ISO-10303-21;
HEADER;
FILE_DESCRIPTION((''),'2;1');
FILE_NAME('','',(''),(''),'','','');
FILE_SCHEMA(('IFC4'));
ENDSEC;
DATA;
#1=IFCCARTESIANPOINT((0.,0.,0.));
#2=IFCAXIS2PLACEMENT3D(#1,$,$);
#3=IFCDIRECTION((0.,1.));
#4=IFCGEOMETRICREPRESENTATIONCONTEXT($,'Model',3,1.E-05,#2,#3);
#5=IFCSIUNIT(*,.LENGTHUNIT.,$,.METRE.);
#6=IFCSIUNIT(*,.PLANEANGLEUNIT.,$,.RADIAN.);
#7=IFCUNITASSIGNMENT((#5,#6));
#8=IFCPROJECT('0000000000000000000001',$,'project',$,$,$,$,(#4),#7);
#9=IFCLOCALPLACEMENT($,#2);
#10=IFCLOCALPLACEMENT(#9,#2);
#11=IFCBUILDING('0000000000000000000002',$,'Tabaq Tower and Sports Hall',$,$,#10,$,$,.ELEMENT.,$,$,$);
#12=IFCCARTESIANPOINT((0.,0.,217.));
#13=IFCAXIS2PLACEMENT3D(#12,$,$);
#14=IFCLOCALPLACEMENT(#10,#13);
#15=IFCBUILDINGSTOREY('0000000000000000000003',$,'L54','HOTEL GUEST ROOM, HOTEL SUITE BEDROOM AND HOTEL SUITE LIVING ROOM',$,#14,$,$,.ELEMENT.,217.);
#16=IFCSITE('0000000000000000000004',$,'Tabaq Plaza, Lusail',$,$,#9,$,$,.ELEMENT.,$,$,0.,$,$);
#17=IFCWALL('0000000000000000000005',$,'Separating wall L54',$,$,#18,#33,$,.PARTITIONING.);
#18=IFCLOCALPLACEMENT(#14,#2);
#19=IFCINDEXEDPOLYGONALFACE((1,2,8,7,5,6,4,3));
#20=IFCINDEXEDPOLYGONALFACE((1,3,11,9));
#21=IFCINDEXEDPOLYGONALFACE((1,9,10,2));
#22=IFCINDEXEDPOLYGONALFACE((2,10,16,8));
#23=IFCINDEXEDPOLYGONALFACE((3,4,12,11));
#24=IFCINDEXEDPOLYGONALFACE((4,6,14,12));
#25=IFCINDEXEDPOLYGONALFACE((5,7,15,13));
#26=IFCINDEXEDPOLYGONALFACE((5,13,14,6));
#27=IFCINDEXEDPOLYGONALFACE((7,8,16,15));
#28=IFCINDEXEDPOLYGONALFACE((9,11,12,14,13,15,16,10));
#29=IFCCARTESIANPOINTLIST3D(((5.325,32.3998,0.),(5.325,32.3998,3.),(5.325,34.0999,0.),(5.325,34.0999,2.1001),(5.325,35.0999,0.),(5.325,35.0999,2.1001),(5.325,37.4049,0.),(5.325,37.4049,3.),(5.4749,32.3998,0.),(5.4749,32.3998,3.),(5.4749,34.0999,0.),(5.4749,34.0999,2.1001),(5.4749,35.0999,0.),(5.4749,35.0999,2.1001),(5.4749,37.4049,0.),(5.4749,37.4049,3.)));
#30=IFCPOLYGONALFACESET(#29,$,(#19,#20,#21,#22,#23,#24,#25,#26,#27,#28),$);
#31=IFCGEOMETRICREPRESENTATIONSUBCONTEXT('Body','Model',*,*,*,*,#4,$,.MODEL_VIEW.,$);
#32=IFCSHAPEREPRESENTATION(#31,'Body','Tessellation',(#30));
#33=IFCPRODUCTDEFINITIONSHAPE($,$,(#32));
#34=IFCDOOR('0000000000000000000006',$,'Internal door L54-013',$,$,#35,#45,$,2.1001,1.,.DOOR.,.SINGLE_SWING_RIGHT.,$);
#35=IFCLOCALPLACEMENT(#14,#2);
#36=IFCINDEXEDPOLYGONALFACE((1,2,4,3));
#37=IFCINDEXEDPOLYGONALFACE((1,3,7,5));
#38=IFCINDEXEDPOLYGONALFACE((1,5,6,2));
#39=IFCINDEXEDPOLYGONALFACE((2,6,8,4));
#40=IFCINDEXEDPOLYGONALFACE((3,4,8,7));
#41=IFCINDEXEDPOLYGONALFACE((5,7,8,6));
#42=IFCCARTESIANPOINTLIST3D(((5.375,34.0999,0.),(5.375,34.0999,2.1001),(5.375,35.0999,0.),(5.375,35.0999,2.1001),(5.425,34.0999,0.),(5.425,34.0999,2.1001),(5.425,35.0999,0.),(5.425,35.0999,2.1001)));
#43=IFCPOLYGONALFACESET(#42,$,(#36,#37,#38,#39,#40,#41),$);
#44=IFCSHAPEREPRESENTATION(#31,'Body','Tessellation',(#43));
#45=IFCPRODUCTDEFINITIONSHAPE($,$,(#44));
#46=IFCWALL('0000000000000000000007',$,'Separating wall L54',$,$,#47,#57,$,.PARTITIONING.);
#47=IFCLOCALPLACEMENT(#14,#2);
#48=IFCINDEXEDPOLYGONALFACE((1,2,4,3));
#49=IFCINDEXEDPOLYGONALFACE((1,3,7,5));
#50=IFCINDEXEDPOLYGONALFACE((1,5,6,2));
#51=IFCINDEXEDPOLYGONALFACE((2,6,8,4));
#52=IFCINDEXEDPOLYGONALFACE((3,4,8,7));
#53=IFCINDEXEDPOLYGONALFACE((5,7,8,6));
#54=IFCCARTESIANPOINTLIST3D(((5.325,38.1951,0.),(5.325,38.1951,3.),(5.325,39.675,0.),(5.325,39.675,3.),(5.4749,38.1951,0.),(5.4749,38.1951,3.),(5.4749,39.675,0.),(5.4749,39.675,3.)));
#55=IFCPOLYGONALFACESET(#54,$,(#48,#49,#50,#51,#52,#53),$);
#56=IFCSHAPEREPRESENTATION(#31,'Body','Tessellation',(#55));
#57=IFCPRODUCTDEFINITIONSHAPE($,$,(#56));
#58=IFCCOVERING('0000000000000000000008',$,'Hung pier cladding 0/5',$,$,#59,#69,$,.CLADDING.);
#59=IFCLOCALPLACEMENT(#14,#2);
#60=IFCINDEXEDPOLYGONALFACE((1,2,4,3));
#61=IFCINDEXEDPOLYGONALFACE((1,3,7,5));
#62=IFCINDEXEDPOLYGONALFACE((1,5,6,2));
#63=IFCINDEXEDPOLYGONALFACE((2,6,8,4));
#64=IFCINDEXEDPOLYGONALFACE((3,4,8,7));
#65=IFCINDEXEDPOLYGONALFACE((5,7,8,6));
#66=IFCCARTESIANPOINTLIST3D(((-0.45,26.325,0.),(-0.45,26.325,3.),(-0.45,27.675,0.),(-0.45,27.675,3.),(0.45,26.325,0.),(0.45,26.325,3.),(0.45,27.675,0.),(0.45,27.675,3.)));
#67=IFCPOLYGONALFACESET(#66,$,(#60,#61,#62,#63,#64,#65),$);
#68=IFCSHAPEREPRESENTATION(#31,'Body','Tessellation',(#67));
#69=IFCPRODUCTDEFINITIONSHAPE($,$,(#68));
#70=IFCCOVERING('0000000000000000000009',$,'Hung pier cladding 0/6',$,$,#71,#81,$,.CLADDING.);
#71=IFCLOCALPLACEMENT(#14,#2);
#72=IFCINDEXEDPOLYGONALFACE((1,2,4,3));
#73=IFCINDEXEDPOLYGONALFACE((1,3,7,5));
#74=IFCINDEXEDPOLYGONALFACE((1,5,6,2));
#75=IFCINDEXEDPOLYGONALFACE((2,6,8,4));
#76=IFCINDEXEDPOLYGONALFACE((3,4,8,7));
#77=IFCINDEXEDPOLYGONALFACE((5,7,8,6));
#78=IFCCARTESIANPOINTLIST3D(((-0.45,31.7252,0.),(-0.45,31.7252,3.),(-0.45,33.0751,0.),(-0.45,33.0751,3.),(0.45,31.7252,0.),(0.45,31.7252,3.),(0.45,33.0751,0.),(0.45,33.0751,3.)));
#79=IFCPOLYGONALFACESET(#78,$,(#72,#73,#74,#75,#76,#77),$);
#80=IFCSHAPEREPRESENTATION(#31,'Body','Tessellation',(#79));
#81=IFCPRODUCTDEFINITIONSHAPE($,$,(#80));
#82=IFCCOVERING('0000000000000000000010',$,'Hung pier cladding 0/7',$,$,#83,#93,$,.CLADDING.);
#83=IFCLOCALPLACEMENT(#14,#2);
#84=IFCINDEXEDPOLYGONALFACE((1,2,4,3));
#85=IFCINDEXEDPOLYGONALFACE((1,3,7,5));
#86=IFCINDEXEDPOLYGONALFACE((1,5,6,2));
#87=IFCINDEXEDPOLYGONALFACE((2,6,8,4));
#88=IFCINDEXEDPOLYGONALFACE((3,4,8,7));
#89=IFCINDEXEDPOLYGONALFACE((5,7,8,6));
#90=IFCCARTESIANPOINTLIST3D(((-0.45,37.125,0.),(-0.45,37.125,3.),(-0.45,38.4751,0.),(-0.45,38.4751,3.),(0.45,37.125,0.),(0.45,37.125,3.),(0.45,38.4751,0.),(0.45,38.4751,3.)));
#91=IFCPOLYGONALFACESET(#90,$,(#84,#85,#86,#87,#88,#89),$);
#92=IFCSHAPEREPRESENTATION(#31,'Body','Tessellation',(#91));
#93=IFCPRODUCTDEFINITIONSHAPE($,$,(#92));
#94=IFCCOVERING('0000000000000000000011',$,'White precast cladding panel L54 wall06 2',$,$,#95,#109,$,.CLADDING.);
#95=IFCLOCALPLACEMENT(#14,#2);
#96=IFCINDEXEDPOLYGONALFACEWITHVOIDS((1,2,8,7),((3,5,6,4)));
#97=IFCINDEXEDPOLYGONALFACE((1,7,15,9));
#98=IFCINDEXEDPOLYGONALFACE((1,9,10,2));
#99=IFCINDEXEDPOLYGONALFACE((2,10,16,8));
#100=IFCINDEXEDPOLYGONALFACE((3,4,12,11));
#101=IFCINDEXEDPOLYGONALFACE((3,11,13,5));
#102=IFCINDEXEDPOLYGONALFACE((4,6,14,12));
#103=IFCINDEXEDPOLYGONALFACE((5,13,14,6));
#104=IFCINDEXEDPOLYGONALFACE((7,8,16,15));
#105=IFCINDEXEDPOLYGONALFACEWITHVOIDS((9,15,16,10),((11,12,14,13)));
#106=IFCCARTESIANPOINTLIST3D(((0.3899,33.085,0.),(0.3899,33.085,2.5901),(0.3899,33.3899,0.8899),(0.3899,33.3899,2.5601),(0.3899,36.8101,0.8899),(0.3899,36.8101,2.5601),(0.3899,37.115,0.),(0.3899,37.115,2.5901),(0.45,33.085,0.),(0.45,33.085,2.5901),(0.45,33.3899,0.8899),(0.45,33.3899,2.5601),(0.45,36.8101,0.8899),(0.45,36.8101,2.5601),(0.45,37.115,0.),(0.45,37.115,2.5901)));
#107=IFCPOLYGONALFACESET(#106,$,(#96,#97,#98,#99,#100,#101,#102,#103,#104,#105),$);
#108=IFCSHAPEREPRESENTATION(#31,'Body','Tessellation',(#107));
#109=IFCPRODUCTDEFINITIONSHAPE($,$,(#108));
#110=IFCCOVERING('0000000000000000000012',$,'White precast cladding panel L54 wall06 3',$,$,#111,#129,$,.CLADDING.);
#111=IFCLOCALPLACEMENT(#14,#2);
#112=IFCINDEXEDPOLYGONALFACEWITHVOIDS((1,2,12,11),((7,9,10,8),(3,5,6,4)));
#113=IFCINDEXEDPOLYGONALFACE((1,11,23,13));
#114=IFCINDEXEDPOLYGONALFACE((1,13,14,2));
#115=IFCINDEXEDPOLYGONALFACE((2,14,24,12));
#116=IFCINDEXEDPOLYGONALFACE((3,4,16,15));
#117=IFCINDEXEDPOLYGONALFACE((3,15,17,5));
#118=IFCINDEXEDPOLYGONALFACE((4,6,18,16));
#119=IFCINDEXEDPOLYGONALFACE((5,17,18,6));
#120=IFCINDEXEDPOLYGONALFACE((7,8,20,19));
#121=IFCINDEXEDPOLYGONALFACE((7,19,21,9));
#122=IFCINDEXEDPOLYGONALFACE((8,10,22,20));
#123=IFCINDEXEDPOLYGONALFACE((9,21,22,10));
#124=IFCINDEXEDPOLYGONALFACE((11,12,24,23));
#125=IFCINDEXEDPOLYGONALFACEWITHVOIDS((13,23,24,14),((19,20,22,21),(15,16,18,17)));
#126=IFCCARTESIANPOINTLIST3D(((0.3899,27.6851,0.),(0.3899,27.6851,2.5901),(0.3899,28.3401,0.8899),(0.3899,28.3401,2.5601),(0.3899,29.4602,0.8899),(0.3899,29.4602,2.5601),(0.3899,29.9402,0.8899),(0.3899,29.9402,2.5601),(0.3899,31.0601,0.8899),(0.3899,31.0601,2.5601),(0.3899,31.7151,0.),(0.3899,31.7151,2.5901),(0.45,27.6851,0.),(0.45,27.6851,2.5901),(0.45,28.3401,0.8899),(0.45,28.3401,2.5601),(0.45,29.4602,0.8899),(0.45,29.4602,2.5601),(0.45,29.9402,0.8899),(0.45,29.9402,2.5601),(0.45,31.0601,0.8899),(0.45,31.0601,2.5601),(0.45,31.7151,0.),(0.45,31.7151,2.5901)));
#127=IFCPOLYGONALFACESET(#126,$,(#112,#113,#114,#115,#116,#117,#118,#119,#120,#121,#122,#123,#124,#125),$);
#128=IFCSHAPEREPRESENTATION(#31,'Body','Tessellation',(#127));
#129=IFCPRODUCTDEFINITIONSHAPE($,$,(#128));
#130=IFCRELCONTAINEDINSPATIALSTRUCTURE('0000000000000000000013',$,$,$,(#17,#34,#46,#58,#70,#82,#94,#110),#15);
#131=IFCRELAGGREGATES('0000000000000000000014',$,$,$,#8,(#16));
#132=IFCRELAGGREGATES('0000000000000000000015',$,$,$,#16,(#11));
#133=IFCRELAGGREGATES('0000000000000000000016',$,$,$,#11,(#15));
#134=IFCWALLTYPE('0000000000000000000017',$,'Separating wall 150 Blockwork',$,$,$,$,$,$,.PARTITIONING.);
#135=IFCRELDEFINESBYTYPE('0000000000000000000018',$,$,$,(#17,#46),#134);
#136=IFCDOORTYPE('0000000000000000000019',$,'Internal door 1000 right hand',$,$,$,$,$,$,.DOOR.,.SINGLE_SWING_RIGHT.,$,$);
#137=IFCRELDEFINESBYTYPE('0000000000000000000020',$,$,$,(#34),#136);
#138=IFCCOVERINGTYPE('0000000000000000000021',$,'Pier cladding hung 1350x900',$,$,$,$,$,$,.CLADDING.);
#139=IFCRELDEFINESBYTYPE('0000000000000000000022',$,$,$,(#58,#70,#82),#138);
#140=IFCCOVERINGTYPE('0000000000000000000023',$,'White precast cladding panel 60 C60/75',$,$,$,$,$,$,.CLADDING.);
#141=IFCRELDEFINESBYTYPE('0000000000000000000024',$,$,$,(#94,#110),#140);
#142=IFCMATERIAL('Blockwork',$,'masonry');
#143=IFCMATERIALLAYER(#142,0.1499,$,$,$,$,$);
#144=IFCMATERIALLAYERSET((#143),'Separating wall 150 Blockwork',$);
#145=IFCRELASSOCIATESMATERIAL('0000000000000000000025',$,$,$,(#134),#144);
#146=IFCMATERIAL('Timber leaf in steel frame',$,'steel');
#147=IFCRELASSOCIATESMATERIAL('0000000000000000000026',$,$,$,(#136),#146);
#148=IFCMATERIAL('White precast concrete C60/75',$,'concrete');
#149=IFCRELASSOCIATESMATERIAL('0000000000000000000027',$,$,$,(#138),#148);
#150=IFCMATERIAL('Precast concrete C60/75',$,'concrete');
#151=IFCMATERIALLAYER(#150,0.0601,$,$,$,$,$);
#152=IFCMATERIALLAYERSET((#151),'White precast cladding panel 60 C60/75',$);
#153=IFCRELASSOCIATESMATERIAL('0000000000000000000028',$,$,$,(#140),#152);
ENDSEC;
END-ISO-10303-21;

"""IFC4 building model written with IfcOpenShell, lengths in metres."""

from ifc_helpers import new_model, si_unit, direction, frame, frame_2d, origin, place, context, subcontext, project, spatial, polyline, rectangle, outline, extrude, material, layer, layer_set, type_object, element, fill, save


model = new_model("IFC4")

# Units and contexts
model_context = context("Model", 3, precision=1e-05, world=origin(), true_north=direction((0.0, 1.0)))
body_context = subcontext(model_context, "Body", "Model", "MODEL_VIEW")
ifc_project = project(units=[si_unit("LENGTHUNIT", "METRE"), si_unit("PLANEANGLEUNIT", "RADIAN")], contexts=[model_context])

# Site, building, storey
site_placement = place(None, origin())
site = spatial("IfcSite", under=ifc_project, at=site_placement, Name="Tabaq Plaza, Lusail", CompositionType="ELEMENT", RefElevation=0.0)
building_placement = place(site_placement, origin())
building = spatial("IfcBuilding", under=site, at=building_placement, Name="Tabaq Tower and Sports Hall", CompositionType="ELEMENT")
storey_placement = place(building_placement, frame((0.0, 0.0, 217.0)))
storey = spatial("IfcBuildingStorey", under=building, at=storey_placement, Name="L54", Description="HOTEL GUEST ROOM, HOTEL SUITE BEDROOM AND HOTEL SUITE LIVING ROOM", CompositionType="ELEMENT", Elevation=217.0)

# Shared definitions
ifc_material_1 = material(Name="Blockwork", Category="masonry")
ifc_layer_1 = layer(ifc_material_1, 0.1499)
ifc_layer_set_1 = layer_set([ifc_layer_1], Name="Separating wall 150 Blockwork")
wall_type_1 = type_object("IfcWallType", Name="Separating wall 150 Blockwork", PredefinedType="PARTITIONING", material=ifc_layer_set_1)

# Wall, opening, door
wall_1_placement = place(storey_placement, frame((5.3999, 32.3999, 0.0), z_axis=(0.0, 0.0, 1.0), x_axis=(0.0, 1.0, 0.0)))
wall_1 = element("IfcWall", 1, at=wall_1_placement, inside=storey, type_object=wall_type_1, Name="Separating wall L54", PredefinedType="PARTITIONING", context=body_context, shape_type="SweptSolid", body=[
    extrude(rectangle(XDim=5.0051, YDim=0.1499, at=frame_2d((2.5024, 0.0))), origin(), (0.0, 0.0, 1.0), 3.0),
])
opening_1_placement = place(wall_1_placement, frame((1.7, 0.0, 0.0)))
opening_1 = element("IfcOpeningElement", 2, at=opening_1_placement, cuts=wall_1, PredefinedType="OPENING", context=body_context, shape_type="SweptSolid", body=[
    extrude(rectangle(XDim=1.0, YDim=2.1001, at=frame_2d((0.5, 1.05))), frame((0.0, 0.075, 0.0), z_axis=(0.0, -1.0, 0.0), x_axis=(1.0, 0.0, 0.0)), (0.0, 0.0, 1.0), 0.1499),
])
ifc_material_2 = material(Name="Timber leaf in steel frame", Category="steel")
door_type_1 = type_object("IfcDoorType", Name="Internal door 1000 right hand", OperationType="SINGLE_SWING_RIGHT", PredefinedType="DOOR", material=ifc_material_2)
door_1_placement = place(opening_1_placement, origin())
door_1 = element("IfcDoor", 3, at=door_1_placement, inside=storey, type_object=door_type_1, Name="Internal door L54-013", OperationType="SINGLE_SWING_RIGHT", OverallHeight=2.1001, OverallWidth=1.0, PredefinedType="DOOR", context=body_context, shape_type="SweptSolid", body=[
    extrude(rectangle(XDim=1.0, YDim=2.1001, at=frame_2d((0.5, 1.05))), frame((0.0, 0.0249, 0.0), z_axis=(0.0, -1.0, 0.0), x_axis=(1.0, 0.0, 0.0)), (0.0, 0.0, 1.0), 0.05),
])
fill(opening_1, door_1)

# Wall
wall_2_placement = place(storey_placement, frame((5.3999, 38.1951, 0.0), z_axis=(0.0, 0.0, 1.0), x_axis=(0.0, 1.0, 0.0)))
element("IfcWall", 4, at=wall_2_placement, inside=storey, type_object=wall_type_1, Name="Separating wall L54", PredefinedType="PARTITIONING", context=body_context, shape_type="SweptSolid", body=[
    extrude(rectangle(XDim=1.48, YDim=0.1499, at=frame_2d((0.74, 0.0))), origin(), (0.0, 0.0, 1.0), 3.0),
])

# Coverings
ifc_material_3 = material(Name="White precast concrete C60/75", Category="concrete")
covering_type_1 = type_object("IfcCoveringType", Name="Pier cladding hung 1350x900", PredefinedType="CLADDING", material=ifc_material_3)
covering_1_placement = place(storey_placement, frame((0.0, 27.675, 0.0), z_axis=(0.0, 0.0, 1.0), x_axis=(0.0, -1.0, 0.0)))
element("IfcCovering", 5, at=covering_1_placement, inside=storey, type_object=covering_type_1, Name="Hung pier cladding 0/5", PredefinedType="CLADDING", context=body_context, shape_type="SweptSolid", body=[
    extrude(rectangle(XDim=1.3501, YDim=0.8999, at=frame_2d((0.675, 0.0))), origin(), (0.0, 0.0, 1.0), 3.0),
])
covering_2_placement = place(storey_placement, frame((0.0, 33.075, 0.0), z_axis=(0.0, 0.0, 1.0), x_axis=(0.0, -1.0, 0.0)))
element("IfcCovering", 6, at=covering_2_placement, inside=storey, type_object=covering_type_1, Name="Hung pier cladding 0/6", PredefinedType="CLADDING", context=body_context, shape_type="SweptSolid", body=[
    extrude(rectangle(XDim=1.3499, YDim=0.8999, at=frame_2d((0.6748, 0.0))), origin(), (0.0, 0.0, 1.0), 3.0),
])
covering_3_placement = place(storey_placement, frame((0.0, 38.4751, 0.0), z_axis=(0.0, 0.0, 1.0), x_axis=(0.0, -1.0, 0.0)))
element("IfcCovering", 7, at=covering_3_placement, inside=storey, type_object=covering_type_1, Name="Hung pier cladding 0/7", PredefinedType="CLADDING", context=body_context, shape_type="SweptSolid", body=[
    extrude(rectangle(XDim=1.3501, YDim=0.8999, at=frame_2d((0.675, 0.0))), origin(), (0.0, 0.0, 1.0), 3.0),
])
ifc_material_4 = material(Name="Precast concrete C60/75", Category="concrete")
ifc_layer_2 = layer(ifc_material_4, 0.0601)
ifc_layer_set_2 = layer_set([ifc_layer_2], Name="White precast cladding panel 60 C60/75")
covering_type_2 = type_object("IfcCoveringType", Name="White precast cladding panel 60 C60/75", PredefinedType="CLADDING", material=ifc_layer_set_2)
covering_4_placement = place(storey_placement, frame((0.4199, 37.115, 0.0), z_axis=(0.0, 0.0, 1.0), x_axis=(0.0, -1.0, 0.0)))
element("IfcCovering", 8, at=covering_4_placement, inside=storey, type_object=covering_type_2, Name="White precast cladding panel L54 wall06 2", PredefinedType="CLADDING", context=body_context, shape_type="SweptSolid", body=[
    extrude(outline(polyline([(0.0, 0.0), (4.03, 0.0), (4.03, 2.5901), (0.0, 2.5901), (0.0, 0.0)]), holes=[polyline([(3.7251, 0.8899), (0.3049, 0.8899), (0.3049, 2.5601), (3.7251, 2.5601), (3.7251, 0.8899)])]), frame((0.0, 0.03, 0.0), z_axis=(0.0, -1.0, 0.0), x_axis=(1.0, 0.0, 0.0)), (0.0, 0.0, 1.0), 0.0601),
])
covering_5_placement = place(storey_placement, frame((0.4199, 31.7151, 0.0), z_axis=(0.0, 0.0, 1.0), x_axis=(0.0, -1.0, 0.0)))
element("IfcCovering", 9, at=covering_5_placement, inside=storey, type_object=covering_type_2, Name="White precast cladding panel L54 wall06 3", PredefinedType="CLADDING", context=body_context, shape_type="SweptSolid", body=[
    extrude(outline(polyline([(0.0, 0.0), (4.03, 0.0), (4.03, 2.5901), (0.0, 2.5901), (0.0, 0.0)]), holes=[polyline([(0.655, 0.8899), (0.655, 2.5601), (1.7749, 2.5601), (1.7749, 0.8899), (0.655, 0.8899)]), polyline([(2.2549, 0.8899), (2.2549, 2.5601), (3.375, 2.5601), (3.375, 0.8899), (2.2549, 0.8899)])]), frame((0.0, 0.03, 0.0), z_axis=(0.0, -1.0, 0.0), x_axis=(1.0, 0.0, 0.0)), (0.0, 0.0, 1.0), 0.0601),
])

save(model, "model.ifc")
